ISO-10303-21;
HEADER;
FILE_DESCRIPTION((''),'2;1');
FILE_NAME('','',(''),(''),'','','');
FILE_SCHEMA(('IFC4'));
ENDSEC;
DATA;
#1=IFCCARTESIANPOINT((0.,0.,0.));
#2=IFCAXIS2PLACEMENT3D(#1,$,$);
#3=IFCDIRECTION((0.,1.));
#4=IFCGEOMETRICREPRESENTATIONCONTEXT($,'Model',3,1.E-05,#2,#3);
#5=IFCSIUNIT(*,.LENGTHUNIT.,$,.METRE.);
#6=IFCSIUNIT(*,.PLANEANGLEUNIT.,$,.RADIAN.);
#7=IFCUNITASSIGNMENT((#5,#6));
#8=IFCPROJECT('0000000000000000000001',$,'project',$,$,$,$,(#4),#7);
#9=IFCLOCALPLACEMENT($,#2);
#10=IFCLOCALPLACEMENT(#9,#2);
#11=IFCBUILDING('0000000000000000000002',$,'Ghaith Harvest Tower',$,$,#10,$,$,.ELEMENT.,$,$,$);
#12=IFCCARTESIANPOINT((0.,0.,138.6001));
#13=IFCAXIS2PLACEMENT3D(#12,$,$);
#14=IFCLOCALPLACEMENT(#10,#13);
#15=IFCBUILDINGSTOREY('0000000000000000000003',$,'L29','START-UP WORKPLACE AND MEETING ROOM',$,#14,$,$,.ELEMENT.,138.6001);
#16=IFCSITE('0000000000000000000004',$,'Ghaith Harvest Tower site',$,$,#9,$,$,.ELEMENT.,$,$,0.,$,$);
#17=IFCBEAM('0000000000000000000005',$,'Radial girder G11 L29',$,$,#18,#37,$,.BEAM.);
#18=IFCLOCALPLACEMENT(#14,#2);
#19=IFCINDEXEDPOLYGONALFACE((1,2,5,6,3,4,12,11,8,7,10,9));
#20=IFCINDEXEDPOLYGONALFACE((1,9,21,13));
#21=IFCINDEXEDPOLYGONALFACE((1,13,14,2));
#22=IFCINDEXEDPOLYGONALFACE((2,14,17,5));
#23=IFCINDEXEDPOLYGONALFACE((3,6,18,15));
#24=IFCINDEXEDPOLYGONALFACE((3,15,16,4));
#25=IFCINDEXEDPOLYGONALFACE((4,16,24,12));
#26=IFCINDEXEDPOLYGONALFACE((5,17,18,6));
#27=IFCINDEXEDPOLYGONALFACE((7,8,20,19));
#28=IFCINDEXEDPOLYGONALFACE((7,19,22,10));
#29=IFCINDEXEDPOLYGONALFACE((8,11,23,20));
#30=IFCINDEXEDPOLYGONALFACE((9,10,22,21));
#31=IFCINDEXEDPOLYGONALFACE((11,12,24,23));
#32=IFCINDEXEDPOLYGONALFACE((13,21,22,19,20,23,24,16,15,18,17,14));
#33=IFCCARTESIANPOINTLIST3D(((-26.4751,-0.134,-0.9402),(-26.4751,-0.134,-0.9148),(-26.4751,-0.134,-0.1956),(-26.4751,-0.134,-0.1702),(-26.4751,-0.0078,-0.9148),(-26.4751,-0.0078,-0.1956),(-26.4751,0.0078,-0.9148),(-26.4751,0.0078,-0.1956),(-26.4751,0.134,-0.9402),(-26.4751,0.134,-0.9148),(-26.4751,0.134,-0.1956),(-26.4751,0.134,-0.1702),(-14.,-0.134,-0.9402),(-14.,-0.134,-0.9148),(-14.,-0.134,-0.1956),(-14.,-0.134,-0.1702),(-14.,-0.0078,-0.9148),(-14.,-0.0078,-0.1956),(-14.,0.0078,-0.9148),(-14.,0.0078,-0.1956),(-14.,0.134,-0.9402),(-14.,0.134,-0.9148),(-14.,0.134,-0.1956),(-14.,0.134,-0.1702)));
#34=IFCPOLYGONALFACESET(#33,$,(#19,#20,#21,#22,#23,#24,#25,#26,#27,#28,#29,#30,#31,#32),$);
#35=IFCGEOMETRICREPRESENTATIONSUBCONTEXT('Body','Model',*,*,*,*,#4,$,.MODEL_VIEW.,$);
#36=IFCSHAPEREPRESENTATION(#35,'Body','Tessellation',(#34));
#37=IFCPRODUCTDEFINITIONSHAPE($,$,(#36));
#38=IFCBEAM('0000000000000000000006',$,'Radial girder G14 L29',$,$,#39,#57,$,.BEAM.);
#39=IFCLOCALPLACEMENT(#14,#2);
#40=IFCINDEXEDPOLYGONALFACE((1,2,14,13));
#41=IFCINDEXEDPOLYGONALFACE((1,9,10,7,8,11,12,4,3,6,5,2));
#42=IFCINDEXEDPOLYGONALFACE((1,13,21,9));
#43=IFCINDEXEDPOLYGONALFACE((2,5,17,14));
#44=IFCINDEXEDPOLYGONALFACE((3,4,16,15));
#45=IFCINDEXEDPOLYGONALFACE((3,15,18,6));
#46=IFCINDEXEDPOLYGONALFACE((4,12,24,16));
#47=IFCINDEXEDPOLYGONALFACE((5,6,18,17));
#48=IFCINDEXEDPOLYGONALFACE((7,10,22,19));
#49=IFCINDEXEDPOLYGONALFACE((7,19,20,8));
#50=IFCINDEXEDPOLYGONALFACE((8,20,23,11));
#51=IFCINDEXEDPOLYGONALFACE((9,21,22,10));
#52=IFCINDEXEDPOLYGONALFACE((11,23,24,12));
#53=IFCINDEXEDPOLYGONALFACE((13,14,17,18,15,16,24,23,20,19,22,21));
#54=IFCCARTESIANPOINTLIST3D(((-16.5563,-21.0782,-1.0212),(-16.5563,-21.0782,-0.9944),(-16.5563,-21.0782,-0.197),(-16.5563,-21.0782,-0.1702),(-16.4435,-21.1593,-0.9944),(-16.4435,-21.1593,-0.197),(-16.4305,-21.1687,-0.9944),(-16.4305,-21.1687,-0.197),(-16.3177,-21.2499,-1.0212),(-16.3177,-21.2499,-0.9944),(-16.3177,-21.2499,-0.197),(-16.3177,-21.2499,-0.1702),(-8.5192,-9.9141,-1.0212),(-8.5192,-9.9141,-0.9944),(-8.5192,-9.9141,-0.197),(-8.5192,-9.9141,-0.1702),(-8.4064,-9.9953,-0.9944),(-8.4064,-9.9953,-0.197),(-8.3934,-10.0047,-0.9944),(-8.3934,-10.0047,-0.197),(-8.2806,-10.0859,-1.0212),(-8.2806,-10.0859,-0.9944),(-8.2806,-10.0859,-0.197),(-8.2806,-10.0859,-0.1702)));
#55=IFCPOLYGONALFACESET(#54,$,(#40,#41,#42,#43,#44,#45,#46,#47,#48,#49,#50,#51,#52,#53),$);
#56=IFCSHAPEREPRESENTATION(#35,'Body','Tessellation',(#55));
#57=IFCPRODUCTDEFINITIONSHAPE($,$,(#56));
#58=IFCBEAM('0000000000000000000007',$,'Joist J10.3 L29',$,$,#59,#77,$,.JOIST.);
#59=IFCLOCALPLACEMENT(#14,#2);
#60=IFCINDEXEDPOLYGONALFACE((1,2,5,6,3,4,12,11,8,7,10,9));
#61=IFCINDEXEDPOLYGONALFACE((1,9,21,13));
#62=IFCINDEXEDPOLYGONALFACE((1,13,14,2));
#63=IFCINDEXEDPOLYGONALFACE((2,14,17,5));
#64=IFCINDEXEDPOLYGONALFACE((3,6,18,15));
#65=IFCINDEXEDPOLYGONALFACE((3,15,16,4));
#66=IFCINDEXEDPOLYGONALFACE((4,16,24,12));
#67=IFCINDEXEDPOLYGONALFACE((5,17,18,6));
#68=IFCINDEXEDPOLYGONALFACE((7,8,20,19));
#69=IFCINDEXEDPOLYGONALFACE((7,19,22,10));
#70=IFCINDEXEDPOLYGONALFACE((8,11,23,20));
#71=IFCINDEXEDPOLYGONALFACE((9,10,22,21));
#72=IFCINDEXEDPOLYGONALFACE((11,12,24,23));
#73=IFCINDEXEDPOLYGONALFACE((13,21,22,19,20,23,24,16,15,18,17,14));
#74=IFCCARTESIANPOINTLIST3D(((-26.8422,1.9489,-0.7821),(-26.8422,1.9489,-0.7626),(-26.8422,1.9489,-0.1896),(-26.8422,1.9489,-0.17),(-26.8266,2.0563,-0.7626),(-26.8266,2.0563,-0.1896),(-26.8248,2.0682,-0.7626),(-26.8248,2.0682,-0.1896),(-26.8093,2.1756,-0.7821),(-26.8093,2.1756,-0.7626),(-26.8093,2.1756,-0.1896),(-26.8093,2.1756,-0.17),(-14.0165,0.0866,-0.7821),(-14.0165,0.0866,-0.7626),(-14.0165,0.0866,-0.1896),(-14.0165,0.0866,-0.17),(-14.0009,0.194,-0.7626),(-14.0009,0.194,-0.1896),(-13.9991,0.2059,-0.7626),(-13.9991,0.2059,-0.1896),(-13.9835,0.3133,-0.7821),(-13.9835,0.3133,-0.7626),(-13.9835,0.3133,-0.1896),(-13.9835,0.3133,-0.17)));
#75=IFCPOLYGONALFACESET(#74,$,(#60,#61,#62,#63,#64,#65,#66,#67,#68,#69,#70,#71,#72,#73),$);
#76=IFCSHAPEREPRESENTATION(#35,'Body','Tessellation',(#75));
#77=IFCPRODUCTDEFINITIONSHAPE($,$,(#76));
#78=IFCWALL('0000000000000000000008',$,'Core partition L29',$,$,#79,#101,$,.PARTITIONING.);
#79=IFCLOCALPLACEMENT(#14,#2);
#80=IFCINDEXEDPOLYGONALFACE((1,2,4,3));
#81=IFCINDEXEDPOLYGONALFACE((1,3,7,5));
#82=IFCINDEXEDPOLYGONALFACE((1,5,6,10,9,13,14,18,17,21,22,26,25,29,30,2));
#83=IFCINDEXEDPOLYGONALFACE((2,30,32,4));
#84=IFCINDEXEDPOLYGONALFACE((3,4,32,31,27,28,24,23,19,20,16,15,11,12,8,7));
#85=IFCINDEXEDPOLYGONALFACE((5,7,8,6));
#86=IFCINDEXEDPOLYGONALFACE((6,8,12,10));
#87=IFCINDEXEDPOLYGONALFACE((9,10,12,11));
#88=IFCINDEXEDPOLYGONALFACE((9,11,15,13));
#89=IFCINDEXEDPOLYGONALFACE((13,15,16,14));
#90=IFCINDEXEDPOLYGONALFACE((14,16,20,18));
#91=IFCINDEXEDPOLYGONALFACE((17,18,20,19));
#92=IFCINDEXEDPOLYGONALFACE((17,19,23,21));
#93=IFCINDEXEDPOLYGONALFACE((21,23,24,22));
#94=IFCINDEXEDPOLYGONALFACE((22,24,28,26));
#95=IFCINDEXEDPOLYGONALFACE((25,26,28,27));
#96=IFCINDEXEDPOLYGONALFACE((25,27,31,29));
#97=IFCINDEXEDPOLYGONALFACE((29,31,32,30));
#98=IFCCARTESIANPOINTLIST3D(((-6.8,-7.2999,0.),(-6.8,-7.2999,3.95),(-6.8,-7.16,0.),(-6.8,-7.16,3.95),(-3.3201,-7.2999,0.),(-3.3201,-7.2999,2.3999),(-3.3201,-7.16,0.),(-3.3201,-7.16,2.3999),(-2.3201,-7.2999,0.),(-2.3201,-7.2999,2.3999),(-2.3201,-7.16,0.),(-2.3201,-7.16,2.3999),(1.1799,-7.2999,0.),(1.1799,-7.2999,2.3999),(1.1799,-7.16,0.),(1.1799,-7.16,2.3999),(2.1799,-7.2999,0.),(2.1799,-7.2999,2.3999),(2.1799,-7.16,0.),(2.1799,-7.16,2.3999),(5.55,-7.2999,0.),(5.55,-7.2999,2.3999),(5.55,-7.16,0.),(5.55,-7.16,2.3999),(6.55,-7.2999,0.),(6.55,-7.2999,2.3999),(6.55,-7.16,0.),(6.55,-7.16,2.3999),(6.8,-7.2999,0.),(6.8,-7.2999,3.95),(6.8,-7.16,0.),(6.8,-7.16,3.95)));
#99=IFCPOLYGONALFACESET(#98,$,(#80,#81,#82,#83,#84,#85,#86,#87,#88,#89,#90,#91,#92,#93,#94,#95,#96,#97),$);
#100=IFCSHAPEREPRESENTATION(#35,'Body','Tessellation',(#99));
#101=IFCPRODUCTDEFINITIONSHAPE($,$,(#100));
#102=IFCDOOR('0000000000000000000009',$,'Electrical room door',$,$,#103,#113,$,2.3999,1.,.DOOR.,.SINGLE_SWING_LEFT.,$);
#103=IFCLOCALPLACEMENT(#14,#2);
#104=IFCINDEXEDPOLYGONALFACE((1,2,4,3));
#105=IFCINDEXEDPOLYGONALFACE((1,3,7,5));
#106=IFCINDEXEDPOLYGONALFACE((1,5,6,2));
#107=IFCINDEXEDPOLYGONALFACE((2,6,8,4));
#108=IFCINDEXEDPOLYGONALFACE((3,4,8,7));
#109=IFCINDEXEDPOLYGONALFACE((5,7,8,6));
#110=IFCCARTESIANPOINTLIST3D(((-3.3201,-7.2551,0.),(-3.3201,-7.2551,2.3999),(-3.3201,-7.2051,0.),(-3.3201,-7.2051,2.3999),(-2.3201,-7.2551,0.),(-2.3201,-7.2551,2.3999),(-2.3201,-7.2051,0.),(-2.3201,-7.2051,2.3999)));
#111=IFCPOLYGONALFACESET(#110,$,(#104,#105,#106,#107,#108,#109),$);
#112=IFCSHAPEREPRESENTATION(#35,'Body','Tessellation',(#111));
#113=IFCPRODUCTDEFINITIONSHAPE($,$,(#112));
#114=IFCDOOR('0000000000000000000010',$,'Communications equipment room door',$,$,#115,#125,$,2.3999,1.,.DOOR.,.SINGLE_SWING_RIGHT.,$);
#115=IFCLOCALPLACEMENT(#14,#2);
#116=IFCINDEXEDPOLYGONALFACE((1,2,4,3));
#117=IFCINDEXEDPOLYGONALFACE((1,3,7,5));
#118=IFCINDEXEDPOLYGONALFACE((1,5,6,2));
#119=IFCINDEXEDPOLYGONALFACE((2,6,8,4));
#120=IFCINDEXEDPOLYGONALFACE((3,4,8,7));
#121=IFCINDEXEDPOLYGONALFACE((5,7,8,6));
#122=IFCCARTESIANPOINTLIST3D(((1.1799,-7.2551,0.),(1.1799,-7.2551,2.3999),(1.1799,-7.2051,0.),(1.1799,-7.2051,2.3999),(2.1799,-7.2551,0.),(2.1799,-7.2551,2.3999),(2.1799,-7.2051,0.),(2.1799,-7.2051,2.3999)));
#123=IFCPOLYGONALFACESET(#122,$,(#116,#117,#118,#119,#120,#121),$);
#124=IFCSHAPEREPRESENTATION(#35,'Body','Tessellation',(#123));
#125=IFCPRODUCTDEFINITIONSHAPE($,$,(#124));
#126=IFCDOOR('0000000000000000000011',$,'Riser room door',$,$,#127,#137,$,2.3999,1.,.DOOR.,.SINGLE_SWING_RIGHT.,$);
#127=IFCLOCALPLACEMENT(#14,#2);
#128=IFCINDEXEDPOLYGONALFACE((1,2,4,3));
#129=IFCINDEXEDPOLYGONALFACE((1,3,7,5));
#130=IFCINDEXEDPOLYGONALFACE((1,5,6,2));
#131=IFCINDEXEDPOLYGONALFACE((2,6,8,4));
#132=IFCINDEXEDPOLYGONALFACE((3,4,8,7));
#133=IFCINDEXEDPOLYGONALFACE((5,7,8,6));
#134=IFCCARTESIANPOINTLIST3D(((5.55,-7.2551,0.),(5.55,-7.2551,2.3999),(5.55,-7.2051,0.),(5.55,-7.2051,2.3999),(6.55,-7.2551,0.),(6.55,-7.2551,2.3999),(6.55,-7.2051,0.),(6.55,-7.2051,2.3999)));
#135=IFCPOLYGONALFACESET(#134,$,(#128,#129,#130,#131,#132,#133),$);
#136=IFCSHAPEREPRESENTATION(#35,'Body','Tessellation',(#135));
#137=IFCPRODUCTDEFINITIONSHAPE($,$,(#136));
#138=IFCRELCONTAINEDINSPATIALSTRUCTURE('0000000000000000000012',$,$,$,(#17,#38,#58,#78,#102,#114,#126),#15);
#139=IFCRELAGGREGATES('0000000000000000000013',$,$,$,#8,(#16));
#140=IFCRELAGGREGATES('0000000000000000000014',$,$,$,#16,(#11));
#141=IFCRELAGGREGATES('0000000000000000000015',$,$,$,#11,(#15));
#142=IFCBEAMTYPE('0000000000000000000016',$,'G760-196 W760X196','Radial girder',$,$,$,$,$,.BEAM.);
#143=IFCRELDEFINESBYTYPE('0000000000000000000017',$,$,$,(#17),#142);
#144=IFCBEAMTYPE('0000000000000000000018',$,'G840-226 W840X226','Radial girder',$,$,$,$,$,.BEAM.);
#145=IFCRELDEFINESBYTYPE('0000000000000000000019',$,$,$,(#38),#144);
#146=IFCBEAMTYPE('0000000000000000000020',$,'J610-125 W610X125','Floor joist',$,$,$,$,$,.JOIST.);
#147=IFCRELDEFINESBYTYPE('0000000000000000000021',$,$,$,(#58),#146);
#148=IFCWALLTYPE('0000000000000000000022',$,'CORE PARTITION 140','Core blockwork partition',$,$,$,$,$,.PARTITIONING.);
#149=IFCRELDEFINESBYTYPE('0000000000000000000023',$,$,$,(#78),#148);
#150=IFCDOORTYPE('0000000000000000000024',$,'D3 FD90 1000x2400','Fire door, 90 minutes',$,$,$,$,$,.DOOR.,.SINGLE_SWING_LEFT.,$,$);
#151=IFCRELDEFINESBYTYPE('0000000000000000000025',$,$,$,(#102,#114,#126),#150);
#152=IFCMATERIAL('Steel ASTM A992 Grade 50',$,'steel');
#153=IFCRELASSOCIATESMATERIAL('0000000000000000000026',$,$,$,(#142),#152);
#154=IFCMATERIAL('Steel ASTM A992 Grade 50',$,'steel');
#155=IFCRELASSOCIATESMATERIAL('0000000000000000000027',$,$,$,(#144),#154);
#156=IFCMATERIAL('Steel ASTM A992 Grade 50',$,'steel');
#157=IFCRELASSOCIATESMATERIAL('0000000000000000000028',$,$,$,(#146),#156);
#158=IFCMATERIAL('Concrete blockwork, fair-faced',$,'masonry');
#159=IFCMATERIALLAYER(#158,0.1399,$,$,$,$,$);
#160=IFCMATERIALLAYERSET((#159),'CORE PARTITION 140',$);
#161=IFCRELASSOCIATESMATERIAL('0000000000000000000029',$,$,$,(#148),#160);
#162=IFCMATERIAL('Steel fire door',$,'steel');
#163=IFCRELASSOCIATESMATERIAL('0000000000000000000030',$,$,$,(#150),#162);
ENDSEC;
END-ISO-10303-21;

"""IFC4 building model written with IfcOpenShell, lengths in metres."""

from ifc_helpers import new_model, si_unit, direction, frame, frame_2d, origin, origin_2d, place, context, subcontext, project, spatial, rectangle, i_section, extrude, material, layer, layer_set, material_profile, profile_set, type_object, element, fill, save


model = new_model("IFC4")

# Units and contexts
model_context = context("Model", 3, precision=1e-05, world=origin(), true_north=direction((0.0, 1.0)))
body_context = subcontext(model_context, "Body", "Model", "MODEL_VIEW")
ifc_project = project(units=[si_unit("LENGTHUNIT", "METRE"), si_unit("PLANEANGLEUNIT", "RADIAN")], contexts=[model_context])

# Site, building, storey
site_placement = place(None, origin())
site = spatial("IfcSite", under=ifc_project, at=site_placement, Name="Ghaith Harvest Tower site", CompositionType="ELEMENT", RefElevation=0.0)
building_placement = place(site_placement, origin())
building = spatial("IfcBuilding", under=site, at=building_placement, Name="Ghaith Harvest Tower", CompositionType="ELEMENT")
storey_placement = place(building_placement, frame((0.0, 0.0, 138.6001)))
storey = spatial("IfcBuildingStorey", under=building, at=storey_placement, Name="L29", Description="START-UP WORKPLACE AND MEETING ROOM", CompositionType="ELEMENT", Elevation=138.6001)

# Beams
ifc_material_1 = material(Name="Steel ASTM A992 Grade 50", Category="steel")
ifc_material_profile_1 = material_profile(ifc_material_1, i_section(OverallWidth=0.2681, OverallDepth=0.77, WebThickness=0.0156, FlangeThickness=0.0254, at=origin_2d()), Name="W760X196")
ifc_profile_set_1 = profile_set([ifc_material_profile_1], Name="Steel ASTM A992 Grade 50")
beam_type_1 = type_object("IfcBeamType", Name="G760-196 W760X196", Description="Radial girder", PredefinedType="BEAM", material=ifc_profile_set_1)
beam_1_placement = place(storey_placement, frame((-14.0, 0.0, -0.5552), z_axis=(-1.0, 0.0, 0.0), x_axis=(0.0, -1.0, 0.0)))
element("IfcBeam", 1, at=beam_1_placement, inside=storey, type_object=beam_type_1, Name="Radial girder G11 L29", PredefinedType="BEAM", context=body_context, shape_type="SweptSolid", body=[
    extrude(i_section(OverallWidth=0.2681, OverallDepth=0.77, WebThickness=0.0156, FlangeThickness=0.0254, at=origin_2d()), origin(), (0.0, 0.0, 1.0), 12.4751),
])
ifc_material_2 = material(Name="Steel ASTM A992 Grade 50", Category="steel")
ifc_material_profile_2 = material_profile(ifc_material_2, i_section(OverallWidth=0.2939, OverallDepth=0.8511, WebThickness=0.0161, FlangeThickness=0.0269, at=origin_2d()), Name="W840X226")
ifc_profile_set_2 = profile_set([ifc_material_profile_2], Name="Steel ASTM A992 Grade 50")
beam_type_2 = type_object("IfcBeamType", Name="G840-226 W840X226", Description="Radial girder", PredefinedType="BEAM", material=ifc_profile_set_2)
beam_2_placement = place(storey_placement, frame((-8.3999, -10.0, -0.5957), z_axis=(-0.584256, -0.811569, 0.0), x_axis=(0.811569, -0.584256, 0.0)))
element("IfcBeam", 2, at=beam_2_placement, inside=storey, type_object=beam_type_2, Name="Radial girder G14 L29", PredefinedType="BEAM", context=body_context, shape_type="SweptSolid", body=[
    extrude(i_section(OverallWidth=0.2939, OverallDepth=0.8511, WebThickness=0.0161, FlangeThickness=0.0269, at=origin_2d()), origin(), (0.0, 0.0, 1.0), 13.7561),
])
ifc_material_3 = material(Name="Steel ASTM A992 Grade 50", Category="steel")
ifc_material_profile_3 = material_profile(ifc_material_3, i_section(OverallWidth=0.229, OverallDepth=0.6121, WebThickness=0.012, FlangeThickness=0.0195, at=origin_2d()), Name="W610X125")
ifc_profile_set_3 = profile_set([ifc_material_profile_3], Name="Steel ASTM A992 Grade 50")
beam_type_3 = type_object("IfcBeamType", Name="J610-125 W610X125", Description="Floor joist", PredefinedType="JOIST", material=ifc_profile_set_3)
beam_3_placement = place(storey_placement, frame((-14.0, 0.2, -0.4761), z_axis=(-0.989622, 0.143694, 0.0), x_axis=(-0.143694, -0.989622, 0.0)))
element("IfcBeam", 3, at=beam_3_placement, inside=storey, type_object=beam_type_3, Name="Joist J10.3 L29", PredefinedType="JOIST", context=body_context, shape_type="SweptSolid", body=[
    extrude(i_section(OverallWidth=0.229, OverallDepth=0.6121, WebThickness=0.012, FlangeThickness=0.0195, at=origin_2d()), origin(), (0.0, 0.0, 1.0), 12.9602),
])

# Wall, openings, doors
ifc_material_4 = material(Name="Concrete blockwork, fair-faced", Category="masonry")
ifc_layer_1 = layer(ifc_material_4, 0.1399)
ifc_layer_set_1 = layer_set([ifc_layer_1], Name="CORE PARTITION 140")
wall_type_1 = type_object("IfcWallType", Name="CORE PARTITION 140", Description="Core blockwork partition", PredefinedType="PARTITIONING", material=ifc_layer_set_1)
wall_1_placement = place(storey_placement, frame((-6.8, -7.23, 0.0), z_axis=(0.0, 0.0, 1.0), x_axis=(1.0, 0.0, 0.0)))
wall_1 = element("IfcWall", 4, at=wall_1_placement, inside=storey, type_object=wall_type_1, Name="Core partition L29", PredefinedType="PARTITIONING", context=body_context, shape_type="SweptSolid", body=[
    extrude(rectangle(XDim=13.6001, YDim=0.1399, at=frame_2d((6.8, 0.0))), origin(), (0.0, 0.0, 1.0), 3.95),
])
opening_1_placement = place(wall_1_placement, frame((3.48, 0.0, 0.0)))
opening_1 = element("IfcOpeningElement", 5, at=opening_1_placement, cuts=wall_1, PredefinedType="OPENING", context=body_context, shape_type="SweptSolid", body=[
    extrude(rectangle(XDim=1.0, YDim=2.3999, at=frame_2d((0.5, 1.2))), frame((0.0, 0.0801, 0.0), z_axis=(0.0, -1.0, 0.0), x_axis=(1.0, 0.0, 0.0)), (0.0, 0.0, 1.0), 0.1599),
])
opening_2_placement = place(wall_1_placement, frame((7.98, 0.0, 0.0)))
opening_2 = element("IfcOpeningElement", 6, at=opening_2_placement, cuts=wall_1, PredefinedType="OPENING", context=body_context, shape_type="SweptSolid", body=[
    extrude(rectangle(XDim=1.0, YDim=2.3999, at=frame_2d((0.5, 1.2))), frame((0.0, 0.0801, 0.0), z_axis=(0.0, -1.0, 0.0), x_axis=(1.0, 0.0, 0.0)), (0.0, 0.0, 1.0), 0.1599),
])
opening_3_placement = place(wall_1_placement, frame((12.3501, 0.0, 0.0)))
opening_3 = element("IfcOpeningElement", 7, at=opening_3_placement, cuts=wall_1, PredefinedType="OPENING", context=body_context, shape_type="SweptSolid", body=[
    extrude(rectangle(XDim=1.0, YDim=2.3999, at=frame_2d((0.5, 1.2))), frame((0.0, 0.0801, 0.0), z_axis=(0.0, -1.0, 0.0), x_axis=(1.0, 0.0, 0.0)), (0.0, 0.0, 1.0), 0.1599),
])
ifc_material_5 = material(Name="Steel fire door", Category="steel")
door_type_1 = type_object("IfcDoorType", Name="D3 FD90 1000x2400", Description="Fire door, 90 minutes", OperationType="SINGLE_SWING_LEFT", PredefinedType="DOOR", material=ifc_material_5)
door_1_placement = place(opening_1_placement, origin())
door_1 = element("IfcDoor", 8, at=door_1_placement, inside=storey, type_object=door_type_1, Name="Electrical room door", OperationType="SINGLE_SWING_LEFT", OverallHeight=2.3999, OverallWidth=1.0, PredefinedType="DOOR", context=body_context, shape_type="SweptSolid", body=[
    extrude(rectangle(XDim=1.0, YDim=2.3999, at=frame_2d((0.5, 1.2))), frame((0.0, 0.0249, 0.0), z_axis=(0.0, -1.0, 0.0), x_axis=(1.0, 0.0, 0.0)), (0.0, 0.0, 1.0), 0.05),
])
fill(opening_1, door_1)
door_2_placement = place(opening_2_placement, origin())
door_2 = element("IfcDoor", 9, at=door_2_placement, inside=storey, type_object=door_type_1, Name="Communications equipment room door", OperationType="SINGLE_SWING_RIGHT", OverallHeight=2.3999, OverallWidth=1.0, PredefinedType="DOOR", context=body_context, shape_type="SweptSolid", body=[
    extrude(rectangle(XDim=1.0, YDim=2.3999, at=frame_2d((0.5, 1.2))), frame((0.0, 0.0249, 0.0), z_axis=(0.0, -1.0, 0.0), x_axis=(1.0, 0.0, 0.0)), (0.0, 0.0, 1.0), 0.05),
])
fill(opening_2, door_2)
door_3_placement = place(opening_3_placement, origin())
door_3 = element("IfcDoor", 10, at=door_3_placement, inside=storey, type_object=door_type_1, Name="Riser room door", OperationType="SINGLE_SWING_RIGHT", OverallHeight=2.3999, OverallWidth=1.0, PredefinedType="DOOR", context=body_context, shape_type="SweptSolid", body=[
    extrude(rectangle(XDim=1.0, YDim=2.3999, at=frame_2d((0.5, 1.2))), frame((0.0, 0.0249, 0.0), z_axis=(0.0, -1.0, 0.0), x_axis=(1.0, 0.0, 0.0)), (0.0, 0.0, 1.0), 0.05),
])
fill(opening_3, door_3)

save(model, "model.ifc")
